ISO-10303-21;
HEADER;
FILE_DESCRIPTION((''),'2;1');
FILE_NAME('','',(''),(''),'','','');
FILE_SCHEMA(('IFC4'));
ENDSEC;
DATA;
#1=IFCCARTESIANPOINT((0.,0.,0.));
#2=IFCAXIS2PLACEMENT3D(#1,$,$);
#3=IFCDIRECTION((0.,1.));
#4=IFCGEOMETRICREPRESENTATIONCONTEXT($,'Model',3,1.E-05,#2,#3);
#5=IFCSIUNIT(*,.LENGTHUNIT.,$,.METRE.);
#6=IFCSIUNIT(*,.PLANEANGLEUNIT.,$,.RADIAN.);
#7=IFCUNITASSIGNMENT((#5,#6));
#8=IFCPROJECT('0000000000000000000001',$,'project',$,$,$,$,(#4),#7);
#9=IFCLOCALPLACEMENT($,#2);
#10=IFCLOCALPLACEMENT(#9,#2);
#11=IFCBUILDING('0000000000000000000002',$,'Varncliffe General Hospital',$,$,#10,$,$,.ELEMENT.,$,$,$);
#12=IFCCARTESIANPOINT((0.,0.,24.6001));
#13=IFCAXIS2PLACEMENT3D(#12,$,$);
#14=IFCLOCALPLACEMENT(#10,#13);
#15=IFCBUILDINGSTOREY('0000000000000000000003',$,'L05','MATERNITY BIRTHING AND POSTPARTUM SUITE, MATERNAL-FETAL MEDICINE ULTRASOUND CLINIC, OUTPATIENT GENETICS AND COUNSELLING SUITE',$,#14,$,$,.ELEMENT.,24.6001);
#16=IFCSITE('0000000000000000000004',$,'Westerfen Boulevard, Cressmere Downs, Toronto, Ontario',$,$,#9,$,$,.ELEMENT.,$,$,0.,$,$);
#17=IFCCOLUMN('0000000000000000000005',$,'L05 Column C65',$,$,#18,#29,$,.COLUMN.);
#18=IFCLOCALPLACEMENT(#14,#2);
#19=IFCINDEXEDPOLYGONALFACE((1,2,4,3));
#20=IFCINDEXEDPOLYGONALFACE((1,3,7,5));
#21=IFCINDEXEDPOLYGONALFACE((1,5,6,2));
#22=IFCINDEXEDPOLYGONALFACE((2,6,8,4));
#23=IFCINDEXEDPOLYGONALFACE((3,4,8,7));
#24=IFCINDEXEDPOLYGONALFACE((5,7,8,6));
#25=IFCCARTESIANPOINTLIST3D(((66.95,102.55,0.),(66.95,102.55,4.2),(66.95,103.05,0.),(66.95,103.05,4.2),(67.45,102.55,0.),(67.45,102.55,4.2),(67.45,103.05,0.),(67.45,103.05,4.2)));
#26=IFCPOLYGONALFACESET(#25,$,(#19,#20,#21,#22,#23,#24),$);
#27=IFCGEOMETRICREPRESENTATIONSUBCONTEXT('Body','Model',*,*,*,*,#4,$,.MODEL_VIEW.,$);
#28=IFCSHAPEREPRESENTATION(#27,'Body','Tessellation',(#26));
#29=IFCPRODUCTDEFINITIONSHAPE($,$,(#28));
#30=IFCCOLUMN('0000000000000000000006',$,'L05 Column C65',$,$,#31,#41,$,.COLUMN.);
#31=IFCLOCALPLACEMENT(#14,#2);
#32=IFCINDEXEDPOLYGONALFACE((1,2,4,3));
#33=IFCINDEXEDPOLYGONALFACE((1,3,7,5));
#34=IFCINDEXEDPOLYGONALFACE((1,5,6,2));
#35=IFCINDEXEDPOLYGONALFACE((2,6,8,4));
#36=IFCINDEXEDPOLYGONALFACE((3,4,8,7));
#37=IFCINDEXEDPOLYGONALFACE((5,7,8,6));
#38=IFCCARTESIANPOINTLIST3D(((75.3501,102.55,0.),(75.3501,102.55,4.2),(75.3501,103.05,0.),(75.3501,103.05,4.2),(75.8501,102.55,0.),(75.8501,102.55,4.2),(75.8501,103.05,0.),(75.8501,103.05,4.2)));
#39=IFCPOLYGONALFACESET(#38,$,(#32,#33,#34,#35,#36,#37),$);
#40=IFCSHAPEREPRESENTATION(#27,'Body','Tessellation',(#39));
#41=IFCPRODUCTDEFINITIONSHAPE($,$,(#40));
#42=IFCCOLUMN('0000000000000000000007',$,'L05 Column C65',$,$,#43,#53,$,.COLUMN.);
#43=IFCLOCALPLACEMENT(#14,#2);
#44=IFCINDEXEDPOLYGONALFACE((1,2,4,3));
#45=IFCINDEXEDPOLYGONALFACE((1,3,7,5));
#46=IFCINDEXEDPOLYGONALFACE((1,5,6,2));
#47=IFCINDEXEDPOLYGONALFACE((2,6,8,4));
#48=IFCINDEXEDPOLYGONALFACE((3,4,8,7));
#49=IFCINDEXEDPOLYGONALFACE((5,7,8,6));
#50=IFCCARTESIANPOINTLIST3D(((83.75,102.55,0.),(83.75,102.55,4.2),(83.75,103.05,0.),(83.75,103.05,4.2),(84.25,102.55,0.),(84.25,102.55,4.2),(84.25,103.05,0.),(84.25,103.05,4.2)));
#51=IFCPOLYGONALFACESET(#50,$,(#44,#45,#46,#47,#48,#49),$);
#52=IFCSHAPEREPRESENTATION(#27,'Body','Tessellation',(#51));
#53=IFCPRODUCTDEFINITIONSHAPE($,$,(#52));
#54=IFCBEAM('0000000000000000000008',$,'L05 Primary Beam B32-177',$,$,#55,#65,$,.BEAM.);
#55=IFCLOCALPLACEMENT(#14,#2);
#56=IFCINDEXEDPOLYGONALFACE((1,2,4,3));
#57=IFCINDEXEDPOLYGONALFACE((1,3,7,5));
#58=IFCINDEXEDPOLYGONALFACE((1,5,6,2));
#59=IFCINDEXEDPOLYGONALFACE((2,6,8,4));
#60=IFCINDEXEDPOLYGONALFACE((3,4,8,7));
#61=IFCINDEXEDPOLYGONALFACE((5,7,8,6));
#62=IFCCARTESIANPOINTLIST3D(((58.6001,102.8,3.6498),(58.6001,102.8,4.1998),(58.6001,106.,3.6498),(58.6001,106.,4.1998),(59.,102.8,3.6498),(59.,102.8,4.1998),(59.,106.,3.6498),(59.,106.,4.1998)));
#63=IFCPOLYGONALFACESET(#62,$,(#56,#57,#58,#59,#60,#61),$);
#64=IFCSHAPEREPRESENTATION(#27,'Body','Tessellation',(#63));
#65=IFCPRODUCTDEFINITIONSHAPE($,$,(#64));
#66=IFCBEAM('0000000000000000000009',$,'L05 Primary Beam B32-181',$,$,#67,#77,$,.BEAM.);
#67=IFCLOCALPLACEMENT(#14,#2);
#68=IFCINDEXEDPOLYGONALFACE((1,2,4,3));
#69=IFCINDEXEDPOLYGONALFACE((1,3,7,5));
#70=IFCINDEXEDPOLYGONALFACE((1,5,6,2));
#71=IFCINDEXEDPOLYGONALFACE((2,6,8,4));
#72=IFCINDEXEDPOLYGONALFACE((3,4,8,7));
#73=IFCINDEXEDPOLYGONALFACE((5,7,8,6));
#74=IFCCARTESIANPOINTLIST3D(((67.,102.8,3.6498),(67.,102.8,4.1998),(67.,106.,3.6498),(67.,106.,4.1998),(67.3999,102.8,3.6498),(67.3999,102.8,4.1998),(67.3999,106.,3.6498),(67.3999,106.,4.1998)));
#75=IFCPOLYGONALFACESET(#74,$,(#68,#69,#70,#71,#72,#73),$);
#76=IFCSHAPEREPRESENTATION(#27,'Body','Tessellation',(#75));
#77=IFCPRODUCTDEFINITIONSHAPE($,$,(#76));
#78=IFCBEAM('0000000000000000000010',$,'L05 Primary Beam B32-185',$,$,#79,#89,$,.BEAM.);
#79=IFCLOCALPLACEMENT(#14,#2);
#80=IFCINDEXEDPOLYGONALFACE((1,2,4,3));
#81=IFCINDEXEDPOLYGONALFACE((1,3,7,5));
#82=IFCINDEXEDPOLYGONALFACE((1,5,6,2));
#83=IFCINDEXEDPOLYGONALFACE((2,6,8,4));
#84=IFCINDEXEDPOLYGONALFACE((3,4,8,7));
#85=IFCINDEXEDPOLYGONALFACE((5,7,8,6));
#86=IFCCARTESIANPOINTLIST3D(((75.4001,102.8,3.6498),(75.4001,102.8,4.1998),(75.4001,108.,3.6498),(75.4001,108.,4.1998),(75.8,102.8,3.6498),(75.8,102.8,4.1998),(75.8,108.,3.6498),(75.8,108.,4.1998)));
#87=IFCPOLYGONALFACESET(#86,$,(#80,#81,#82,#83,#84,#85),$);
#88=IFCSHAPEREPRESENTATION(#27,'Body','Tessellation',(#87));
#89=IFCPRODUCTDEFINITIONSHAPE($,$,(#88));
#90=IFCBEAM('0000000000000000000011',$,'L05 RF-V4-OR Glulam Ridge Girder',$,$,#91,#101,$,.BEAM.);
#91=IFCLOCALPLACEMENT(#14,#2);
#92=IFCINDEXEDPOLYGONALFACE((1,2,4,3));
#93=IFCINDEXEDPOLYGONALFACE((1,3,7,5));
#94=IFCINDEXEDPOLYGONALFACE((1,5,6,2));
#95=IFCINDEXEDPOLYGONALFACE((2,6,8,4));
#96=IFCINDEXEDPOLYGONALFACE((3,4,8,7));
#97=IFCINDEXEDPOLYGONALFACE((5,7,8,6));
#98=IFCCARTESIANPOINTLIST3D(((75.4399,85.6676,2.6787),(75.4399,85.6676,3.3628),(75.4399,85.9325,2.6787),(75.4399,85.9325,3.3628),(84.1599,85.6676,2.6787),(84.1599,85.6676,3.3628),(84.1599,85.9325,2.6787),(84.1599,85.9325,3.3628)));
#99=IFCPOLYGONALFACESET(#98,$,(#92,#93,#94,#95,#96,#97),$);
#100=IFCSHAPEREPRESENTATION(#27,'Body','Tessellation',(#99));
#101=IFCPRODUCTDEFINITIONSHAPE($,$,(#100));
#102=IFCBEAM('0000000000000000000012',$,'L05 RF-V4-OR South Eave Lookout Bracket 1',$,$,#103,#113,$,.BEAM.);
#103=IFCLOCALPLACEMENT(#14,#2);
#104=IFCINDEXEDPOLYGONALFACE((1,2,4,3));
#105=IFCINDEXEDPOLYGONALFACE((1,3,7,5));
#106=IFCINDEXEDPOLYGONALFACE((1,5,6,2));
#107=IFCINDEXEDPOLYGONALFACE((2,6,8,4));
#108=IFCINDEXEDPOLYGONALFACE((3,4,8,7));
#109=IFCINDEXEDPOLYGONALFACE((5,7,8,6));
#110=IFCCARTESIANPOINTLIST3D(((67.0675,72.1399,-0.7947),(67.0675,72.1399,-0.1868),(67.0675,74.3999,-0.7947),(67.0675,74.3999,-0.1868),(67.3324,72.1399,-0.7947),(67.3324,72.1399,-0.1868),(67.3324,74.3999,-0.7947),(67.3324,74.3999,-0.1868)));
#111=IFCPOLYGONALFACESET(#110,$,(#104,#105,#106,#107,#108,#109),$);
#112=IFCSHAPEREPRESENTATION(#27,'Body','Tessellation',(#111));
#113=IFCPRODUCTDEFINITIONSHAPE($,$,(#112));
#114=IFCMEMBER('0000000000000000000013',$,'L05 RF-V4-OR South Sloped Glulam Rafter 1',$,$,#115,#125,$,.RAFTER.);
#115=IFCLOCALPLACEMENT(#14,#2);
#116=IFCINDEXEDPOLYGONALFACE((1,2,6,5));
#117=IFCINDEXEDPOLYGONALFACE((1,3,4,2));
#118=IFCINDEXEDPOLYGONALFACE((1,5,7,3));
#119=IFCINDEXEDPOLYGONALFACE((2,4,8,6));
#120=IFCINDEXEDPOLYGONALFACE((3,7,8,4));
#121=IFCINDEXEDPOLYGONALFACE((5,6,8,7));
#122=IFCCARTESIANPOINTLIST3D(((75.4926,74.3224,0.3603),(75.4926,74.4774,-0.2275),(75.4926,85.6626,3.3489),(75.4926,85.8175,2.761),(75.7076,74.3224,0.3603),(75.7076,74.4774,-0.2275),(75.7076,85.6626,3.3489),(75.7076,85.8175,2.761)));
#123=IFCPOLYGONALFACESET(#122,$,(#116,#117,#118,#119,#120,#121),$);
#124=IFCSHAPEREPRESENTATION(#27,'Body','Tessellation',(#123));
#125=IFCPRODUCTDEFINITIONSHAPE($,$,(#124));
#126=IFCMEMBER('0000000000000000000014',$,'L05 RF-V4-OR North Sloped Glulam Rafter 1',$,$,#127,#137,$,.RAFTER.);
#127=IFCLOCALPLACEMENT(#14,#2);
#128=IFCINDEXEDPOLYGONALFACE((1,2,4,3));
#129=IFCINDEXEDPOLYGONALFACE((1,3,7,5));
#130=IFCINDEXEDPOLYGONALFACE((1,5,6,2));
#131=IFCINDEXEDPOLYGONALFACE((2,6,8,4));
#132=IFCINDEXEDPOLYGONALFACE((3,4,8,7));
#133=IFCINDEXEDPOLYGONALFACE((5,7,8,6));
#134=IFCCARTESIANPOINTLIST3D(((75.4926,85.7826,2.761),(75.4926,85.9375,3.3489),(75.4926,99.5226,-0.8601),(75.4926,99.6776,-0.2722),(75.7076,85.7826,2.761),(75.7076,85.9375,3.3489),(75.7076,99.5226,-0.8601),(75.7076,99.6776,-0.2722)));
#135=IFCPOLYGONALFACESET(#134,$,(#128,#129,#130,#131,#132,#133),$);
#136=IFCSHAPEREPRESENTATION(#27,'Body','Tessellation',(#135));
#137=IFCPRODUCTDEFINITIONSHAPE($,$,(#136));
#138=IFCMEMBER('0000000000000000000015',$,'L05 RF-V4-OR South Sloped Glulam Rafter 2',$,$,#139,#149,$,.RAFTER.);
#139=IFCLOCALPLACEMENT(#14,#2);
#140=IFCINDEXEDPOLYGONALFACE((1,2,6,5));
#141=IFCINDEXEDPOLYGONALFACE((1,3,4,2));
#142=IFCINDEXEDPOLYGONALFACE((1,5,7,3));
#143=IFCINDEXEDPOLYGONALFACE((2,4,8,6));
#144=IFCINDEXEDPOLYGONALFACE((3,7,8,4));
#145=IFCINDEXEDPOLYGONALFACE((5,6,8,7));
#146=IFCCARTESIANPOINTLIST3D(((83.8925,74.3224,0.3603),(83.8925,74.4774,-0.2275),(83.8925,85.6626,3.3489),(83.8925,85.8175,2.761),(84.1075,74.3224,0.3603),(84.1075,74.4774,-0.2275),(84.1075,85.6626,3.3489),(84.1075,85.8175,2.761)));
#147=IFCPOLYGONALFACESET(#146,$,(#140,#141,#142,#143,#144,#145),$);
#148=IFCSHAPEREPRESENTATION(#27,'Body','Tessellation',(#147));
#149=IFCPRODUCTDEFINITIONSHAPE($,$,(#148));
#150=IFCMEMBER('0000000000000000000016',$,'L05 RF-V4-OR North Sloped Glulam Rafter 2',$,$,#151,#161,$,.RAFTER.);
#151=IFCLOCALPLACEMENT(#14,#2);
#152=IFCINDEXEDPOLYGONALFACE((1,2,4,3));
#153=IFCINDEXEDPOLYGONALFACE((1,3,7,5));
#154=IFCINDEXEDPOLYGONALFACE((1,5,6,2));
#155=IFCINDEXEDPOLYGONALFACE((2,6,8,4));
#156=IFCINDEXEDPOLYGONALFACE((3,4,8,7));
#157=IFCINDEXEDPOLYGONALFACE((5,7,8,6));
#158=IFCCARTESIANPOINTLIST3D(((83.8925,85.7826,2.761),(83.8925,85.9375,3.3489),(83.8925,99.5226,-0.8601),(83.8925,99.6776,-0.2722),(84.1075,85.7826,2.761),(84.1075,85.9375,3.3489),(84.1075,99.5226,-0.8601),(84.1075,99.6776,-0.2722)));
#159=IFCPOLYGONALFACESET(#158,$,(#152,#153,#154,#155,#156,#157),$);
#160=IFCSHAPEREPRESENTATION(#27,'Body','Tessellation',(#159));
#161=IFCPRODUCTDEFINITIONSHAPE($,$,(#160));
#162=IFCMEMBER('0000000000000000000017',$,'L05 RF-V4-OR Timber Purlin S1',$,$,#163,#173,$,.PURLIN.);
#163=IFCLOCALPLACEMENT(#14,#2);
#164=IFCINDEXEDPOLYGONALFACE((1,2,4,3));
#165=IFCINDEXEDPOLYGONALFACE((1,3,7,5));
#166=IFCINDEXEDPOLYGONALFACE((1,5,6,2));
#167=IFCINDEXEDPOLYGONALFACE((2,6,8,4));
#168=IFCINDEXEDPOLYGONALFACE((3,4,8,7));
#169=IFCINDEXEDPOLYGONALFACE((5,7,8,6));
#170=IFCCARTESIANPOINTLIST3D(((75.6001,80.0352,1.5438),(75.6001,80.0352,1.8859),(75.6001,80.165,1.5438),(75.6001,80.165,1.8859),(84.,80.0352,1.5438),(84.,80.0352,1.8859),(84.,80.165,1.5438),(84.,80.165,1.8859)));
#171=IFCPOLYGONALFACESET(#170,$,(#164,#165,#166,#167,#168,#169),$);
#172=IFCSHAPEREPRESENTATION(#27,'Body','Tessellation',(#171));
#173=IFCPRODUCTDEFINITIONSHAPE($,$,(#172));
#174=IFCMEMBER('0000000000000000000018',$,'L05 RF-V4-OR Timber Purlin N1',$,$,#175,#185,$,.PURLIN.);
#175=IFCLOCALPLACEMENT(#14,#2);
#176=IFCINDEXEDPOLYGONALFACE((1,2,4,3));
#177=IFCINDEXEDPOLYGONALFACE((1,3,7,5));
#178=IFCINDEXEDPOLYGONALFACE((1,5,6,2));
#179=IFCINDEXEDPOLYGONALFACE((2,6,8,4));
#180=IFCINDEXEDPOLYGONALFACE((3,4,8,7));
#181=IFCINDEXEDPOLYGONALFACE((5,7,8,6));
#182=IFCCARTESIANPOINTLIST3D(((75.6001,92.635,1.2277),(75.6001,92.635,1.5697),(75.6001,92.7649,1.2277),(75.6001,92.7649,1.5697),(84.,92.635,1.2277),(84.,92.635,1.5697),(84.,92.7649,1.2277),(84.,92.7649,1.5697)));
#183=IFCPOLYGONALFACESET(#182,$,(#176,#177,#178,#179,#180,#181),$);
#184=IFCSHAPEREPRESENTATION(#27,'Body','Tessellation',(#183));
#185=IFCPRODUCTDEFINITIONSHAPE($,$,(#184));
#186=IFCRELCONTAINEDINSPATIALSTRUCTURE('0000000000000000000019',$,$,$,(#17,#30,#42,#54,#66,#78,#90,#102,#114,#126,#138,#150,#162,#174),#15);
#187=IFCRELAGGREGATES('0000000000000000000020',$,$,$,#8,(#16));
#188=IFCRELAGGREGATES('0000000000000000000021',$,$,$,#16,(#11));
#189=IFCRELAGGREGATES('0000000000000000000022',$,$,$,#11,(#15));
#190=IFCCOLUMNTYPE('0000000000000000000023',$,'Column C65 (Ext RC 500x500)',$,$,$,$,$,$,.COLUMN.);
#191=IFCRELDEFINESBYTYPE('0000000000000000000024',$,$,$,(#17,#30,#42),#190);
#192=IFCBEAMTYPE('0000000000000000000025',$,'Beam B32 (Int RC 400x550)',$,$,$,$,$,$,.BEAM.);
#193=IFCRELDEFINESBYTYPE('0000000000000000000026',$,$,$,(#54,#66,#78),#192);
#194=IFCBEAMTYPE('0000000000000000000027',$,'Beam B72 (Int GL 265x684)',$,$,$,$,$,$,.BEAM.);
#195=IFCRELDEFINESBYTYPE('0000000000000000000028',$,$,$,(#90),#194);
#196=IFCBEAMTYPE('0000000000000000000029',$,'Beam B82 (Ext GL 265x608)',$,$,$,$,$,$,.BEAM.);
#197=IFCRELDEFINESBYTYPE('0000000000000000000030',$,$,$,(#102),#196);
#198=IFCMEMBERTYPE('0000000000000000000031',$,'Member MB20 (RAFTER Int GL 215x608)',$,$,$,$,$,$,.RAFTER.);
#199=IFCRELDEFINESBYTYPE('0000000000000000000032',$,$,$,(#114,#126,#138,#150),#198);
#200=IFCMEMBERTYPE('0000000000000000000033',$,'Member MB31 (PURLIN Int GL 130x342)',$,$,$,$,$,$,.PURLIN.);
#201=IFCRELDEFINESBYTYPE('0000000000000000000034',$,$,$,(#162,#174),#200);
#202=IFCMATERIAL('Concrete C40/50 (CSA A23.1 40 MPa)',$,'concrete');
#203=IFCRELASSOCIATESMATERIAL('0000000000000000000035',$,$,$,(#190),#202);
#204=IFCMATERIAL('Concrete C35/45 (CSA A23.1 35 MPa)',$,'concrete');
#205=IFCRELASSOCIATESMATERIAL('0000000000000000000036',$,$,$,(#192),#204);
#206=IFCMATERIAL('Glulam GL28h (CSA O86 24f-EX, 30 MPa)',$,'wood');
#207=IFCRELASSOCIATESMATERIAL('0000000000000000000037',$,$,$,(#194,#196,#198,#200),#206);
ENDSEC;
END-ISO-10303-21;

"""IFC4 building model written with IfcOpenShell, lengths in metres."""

from ifc_helpers import new_model, si_unit, direction, frame, origin, origin_2d, place, context, subcontext, project, spatial, rectangle, extrude, material, material_profile, profile_set, type_object, element, save


model = new_model("IFC4")

# Units and contexts
model_context = context("Model", 3, precision=1e-05, world=origin(), true_north=direction((0.0, 1.0)))
body_context = subcontext(model_context, "Body", "Model", "MODEL_VIEW")
ifc_project = project(units=[si_unit("LENGTHUNIT", "METRE"), si_unit("PLANEANGLEUNIT", "RADIAN")], contexts=[model_context])

# Site, building, storey
site_placement = place(None, origin())
site = spatial("IfcSite", under=ifc_project, at=site_placement, Name="Westerfen Boulevard, Cressmere Downs, Toronto, Ontario", CompositionType="ELEMENT", RefElevation=0.0)
building_placement = place(site_placement, origin())
building = spatial("IfcBuilding", under=site, at=building_placement, Name="Varncliffe General Hospital", CompositionType="ELEMENT")
storey_placement = place(building_placement, frame((0.0, 0.0, 24.6001)))
storey = spatial("IfcBuildingStorey", under=building, at=storey_placement, Name="L05", Description="MATERNITY BIRTHING AND POSTPARTUM SUITE, MATERNAL-FETAL MEDICINE ULTRASOUND CLINIC, OUTPATIENT GENETICS AND COUNSELLING SUITE", CompositionType="ELEMENT", Elevation=24.6001)

# Columns
ifc_material_1 = material(Name="Concrete C40/50 (CSA A23.1 40 MPa)", Category="concrete")
ifc_material_profile_1 = material_profile(ifc_material_1, rectangle(XDim=0.5, YDim=0.5, at=origin_2d()), Name="RC 500x500")
ifc_profile_set_1 = profile_set([ifc_material_profile_1], Name="Concrete C40/50 (CSA A23.1 40 MPa)")
column_type = type_object("IfcColumnType", Name="Column C65 (Ext RC 500x500)", PredefinedType="COLUMN", material=ifc_profile_set_1)
for number, where, z_axis, x_axis, name in (
    (1, (67.2, 102.8, 0.0), (0.0, 0.0, 1.0), (1.0, 0.0, 0.0), "L05 Column C65"),
    (2, (75.6001, 102.8, 0.0), (0.0, 0.0, 1.0), (1.0, 0.0, 0.0), "L05 Column C65"),
    (3, (84.0, 102.8, 0.0), (0.0, 0.0, 1.0), (1.0, 0.0, 0.0), "L05 Column C65"),
):
    element("IfcColumn", number, at=place(storey_placement, frame(where, z_axis=z_axis, x_axis=x_axis)), inside=storey, type_object=column_type, Name=name, PredefinedType="COLUMN", context=body_context, shape_type="SweptSolid", body=[
        extrude(rectangle(XDim=0.5, YDim=0.5, at=origin_2d()), origin(), (0.0, 0.0, 1.0), 4.2),
    ])

# Beams
ifc_material_2 = material(Name="Concrete C35/45 (CSA A23.1 35 MPa)", Category="concrete")
ifc_material_profile_2 = material_profile(ifc_material_2, rectangle(XDim=0.3999, YDim=0.55, at=origin_2d()), Name="RC 400x550")
ifc_profile_set_2 = profile_set([ifc_material_profile_2], Name="Concrete C35/45 (CSA A23.1 35 MPa)")
beam_type_1 = type_object("IfcBeamType", Name="Beam B32 (Int RC 400x550)", PredefinedType="BEAM", material=ifc_profile_set_2)
for number, where, z_axis, x_axis, name in (
    (4, (58.8, 102.8, 3.9248), (0.0, 1.0, 0.0), (-1.0, 0.0, 0.0), "L05 Primary Beam B32-177"),
    (5, (67.2, 102.8, 3.9248), (0.0, 1.0, 0.0), (-1.0, 0.0, 0.0), "L05 Primary Beam B32-181"),
):
    element("IfcBeam", number, at=place(storey_placement, frame(where, z_axis=z_axis, x_axis=x_axis)), inside=storey, type_object=beam_type_1, Name=name, PredefinedType="BEAM", context=body_context, shape_type="SweptSolid", body=[
        extrude(rectangle(XDim=0.3999, YDim=0.55, at=origin_2d()), origin(), (0.0, 0.0, 1.0), 3.2),
    ])
beam_1_placement = place(storey_placement, frame((75.6001, 102.8, 3.9248), z_axis=(0.0, 1.0, 0.0), x_axis=(-1.0, 0.0, 0.0)))
element("IfcBeam", 6, at=beam_1_placement, inside=storey, type_object=beam_type_1, Name="L05 Primary Beam B32-185", PredefinedType="BEAM", context=body_context, shape_type="SweptSolid", body=[
    extrude(rectangle(XDim=0.3999, YDim=0.55, at=origin_2d()), origin(), (0.0, 0.0, 1.0), 5.2),
])
ifc_material_3 = material(Name="Glulam GL28h (CSA O86 24f-EX, 30 MPa)", Category="wood")
ifc_material_profile_3 = material_profile(ifc_material_3, rectangle(XDim=0.2649, YDim=0.6841, at=origin_2d()), Name="GL 265x684")
ifc_profile_set_3 = profile_set([ifc_material_profile_3], Name="Glulam GL28h (CSA O86 24f-EX, 30 MPa)")
beam_type_2 = type_object("IfcBeamType", Name="Beam B72 (Int GL 265x684)", PredefinedType="BEAM", material=ifc_profile_set_3)
beam_2_placement = place(storey_placement, frame((75.4399, 85.8, 3.0208), z_axis=(1.0, 0.0, 0.0), x_axis=(0.0, 1.0, 0.0)))
element("IfcBeam", 7, at=beam_2_placement, inside=storey, type_object=beam_type_2, Name="L05 RF-V4-OR Glulam Ridge Girder", PredefinedType="BEAM", context=body_context, shape_type="SweptSolid", body=[
    extrude(rectangle(XDim=0.2649, YDim=0.6841, at=origin_2d()), origin(), (0.0, 0.0, 1.0), 8.72),
])
ifc_material_profile_4 = material_profile(ifc_material_3, rectangle(XDim=0.2649, YDim=0.6079, at=origin_2d()), Name="GL 265x608")
ifc_profile_set_4 = profile_set([ifc_material_profile_4], Name="Glulam GL28h (CSA O86 24f-EX, 30 MPa)")
beam_type_3 = type_object("IfcBeamType", Name="Beam B82 (Ext GL 265x608)", PredefinedType="BEAM", material=ifc_profile_set_4)
beam_3_placement = place(storey_placement, frame((67.2, 72.1399, -0.4907), z_axis=(0.0, 1.0, 0.0), x_axis=(-1.0, 0.0, 0.0)))
element("IfcBeam", 8, at=beam_3_placement, inside=storey, type_object=beam_type_3, Name="L05 RF-V4-OR South Eave Lookout Bracket 1", PredefinedType="BEAM", context=body_context, shape_type="SweptSolid", body=[
    extrude(rectangle(XDim=0.2649, YDim=0.6079, at=origin_2d()), origin(), (0.0, 0.0, 1.0), 2.26),
])

# Members
ifc_material_profile_5 = material_profile(ifc_material_3, rectangle(XDim=0.2151, YDim=0.6079, at=origin_2d()), Name="GL 215x608")
ifc_profile_set_5 = profile_set([ifc_material_profile_5], Name="Glulam GL28h (CSA O86 24f-EX, 30 MPa)")
member_type_1 = type_object("IfcMemberType", Name="Member MB20 (RAFTER Int GL 215x608)", PredefinedType="RAFTER", material=ifc_profile_set_5)
member_1_placement = place(storey_placement, frame((75.6001, 74.3999, 0.0664), z_axis=(0.0, 0.966984, 0.254836), x_axis=(-1.0, 0.0, 0.0)))
element("IfcMember", 9, at=member_1_placement, inside=storey, type_object=member_type_1, Name="L05 RF-V4-OR South Sloped Glulam Rafter 1", PredefinedType="RAFTER", context=body_context, shape_type="SweptSolid", body=[
    extrude(rectangle(XDim=0.2151, YDim=0.6079, at=origin_2d()), origin(), (0.0, 0.0, 1.0), 11.7273),
])
member_2_placement = place(storey_placement, frame((75.6001, 99.6001, -0.5662), z_axis=(0.0, -0.966983, 0.254843), x_axis=(1.0, 0.0, 0.0)))
element("IfcMember", 10, at=member_2_placement, inside=storey, type_object=member_type_1, Name="L05 RF-V4-OR North Sloped Glulam Rafter 1", PredefinedType="RAFTER", context=body_context, shape_type="SweptSolid", body=[
    extrude(rectangle(XDim=0.2151, YDim=0.6079, at=origin_2d()), origin(), (0.0, 0.0, 1.0), 14.2092),
])
member_3_placement = place(storey_placement, frame((84.0, 74.3999, 0.0664), z_axis=(0.0, 0.966984, 0.254836), x_axis=(-1.0, 0.0, 0.0)))
element("IfcMember", 11, at=member_3_placement, inside=storey, type_object=member_type_1, Name="L05 RF-V4-OR South Sloped Glulam Rafter 2", PredefinedType="RAFTER", context=body_context, shape_type="SweptSolid", body=[
    extrude(rectangle(XDim=0.2151, YDim=0.6079, at=origin_2d()), origin(), (0.0, 0.0, 1.0), 11.7273),
])
member_4_placement = place(storey_placement, frame((84.0, 99.6001, -0.5662), z_axis=(0.0, -0.966983, 0.254843), x_axis=(1.0, 0.0, 0.0)))
element("IfcMember", 12, at=member_4_placement, inside=storey, type_object=member_type_1, Name="L05 RF-V4-OR North Sloped Glulam Rafter 2", PredefinedType="RAFTER", context=body_context, shape_type="SweptSolid", body=[
    extrude(rectangle(XDim=0.2151, YDim=0.6079, at=origin_2d()), origin(), (0.0, 0.0, 1.0), 14.2092),
])
ifc_material_profile_6 = material_profile(ifc_material_3, rectangle(XDim=0.1299, YDim=0.342, at=origin_2d()), Name="GL 130x342")
ifc_profile_set_6 = profile_set([ifc_material_profile_6], Name="Glulam GL28h (CSA O86 24f-EX, 30 MPa)")
member_type_2 = type_object("IfcMemberType", Name="Member MB31 (PURLIN Int GL 130x342)", PredefinedType="PURLIN", material=ifc_profile_set_6)
for number, where, z_axis, x_axis, name in (
    (13, (75.6001, 80.1001, 1.7148), (1.0, 0.0, 0.0), (0.0, 1.0, 0.0), "L05 RF-V4-OR Timber Purlin S1"),
    (14, (75.6001, 92.7, 1.3987), (1.0, 0.0, 0.0), (0.0, 1.0, 0.0), "L05 RF-V4-OR Timber Purlin N1"),
):
    element("IfcMember", number, at=place(storey_placement, frame(where, z_axis=z_axis, x_axis=x_axis)), inside=storey, type_object=member_type_2, Name=name, PredefinedType="PURLIN", context=body_context, shape_type="SweptSolid", body=[
        extrude(rectangle(XDim=0.1299, YDim=0.342, at=origin_2d()), origin(), (0.0, 0.0, 1.0), 8.3999),
    ])

save(model, "model.ifc")
